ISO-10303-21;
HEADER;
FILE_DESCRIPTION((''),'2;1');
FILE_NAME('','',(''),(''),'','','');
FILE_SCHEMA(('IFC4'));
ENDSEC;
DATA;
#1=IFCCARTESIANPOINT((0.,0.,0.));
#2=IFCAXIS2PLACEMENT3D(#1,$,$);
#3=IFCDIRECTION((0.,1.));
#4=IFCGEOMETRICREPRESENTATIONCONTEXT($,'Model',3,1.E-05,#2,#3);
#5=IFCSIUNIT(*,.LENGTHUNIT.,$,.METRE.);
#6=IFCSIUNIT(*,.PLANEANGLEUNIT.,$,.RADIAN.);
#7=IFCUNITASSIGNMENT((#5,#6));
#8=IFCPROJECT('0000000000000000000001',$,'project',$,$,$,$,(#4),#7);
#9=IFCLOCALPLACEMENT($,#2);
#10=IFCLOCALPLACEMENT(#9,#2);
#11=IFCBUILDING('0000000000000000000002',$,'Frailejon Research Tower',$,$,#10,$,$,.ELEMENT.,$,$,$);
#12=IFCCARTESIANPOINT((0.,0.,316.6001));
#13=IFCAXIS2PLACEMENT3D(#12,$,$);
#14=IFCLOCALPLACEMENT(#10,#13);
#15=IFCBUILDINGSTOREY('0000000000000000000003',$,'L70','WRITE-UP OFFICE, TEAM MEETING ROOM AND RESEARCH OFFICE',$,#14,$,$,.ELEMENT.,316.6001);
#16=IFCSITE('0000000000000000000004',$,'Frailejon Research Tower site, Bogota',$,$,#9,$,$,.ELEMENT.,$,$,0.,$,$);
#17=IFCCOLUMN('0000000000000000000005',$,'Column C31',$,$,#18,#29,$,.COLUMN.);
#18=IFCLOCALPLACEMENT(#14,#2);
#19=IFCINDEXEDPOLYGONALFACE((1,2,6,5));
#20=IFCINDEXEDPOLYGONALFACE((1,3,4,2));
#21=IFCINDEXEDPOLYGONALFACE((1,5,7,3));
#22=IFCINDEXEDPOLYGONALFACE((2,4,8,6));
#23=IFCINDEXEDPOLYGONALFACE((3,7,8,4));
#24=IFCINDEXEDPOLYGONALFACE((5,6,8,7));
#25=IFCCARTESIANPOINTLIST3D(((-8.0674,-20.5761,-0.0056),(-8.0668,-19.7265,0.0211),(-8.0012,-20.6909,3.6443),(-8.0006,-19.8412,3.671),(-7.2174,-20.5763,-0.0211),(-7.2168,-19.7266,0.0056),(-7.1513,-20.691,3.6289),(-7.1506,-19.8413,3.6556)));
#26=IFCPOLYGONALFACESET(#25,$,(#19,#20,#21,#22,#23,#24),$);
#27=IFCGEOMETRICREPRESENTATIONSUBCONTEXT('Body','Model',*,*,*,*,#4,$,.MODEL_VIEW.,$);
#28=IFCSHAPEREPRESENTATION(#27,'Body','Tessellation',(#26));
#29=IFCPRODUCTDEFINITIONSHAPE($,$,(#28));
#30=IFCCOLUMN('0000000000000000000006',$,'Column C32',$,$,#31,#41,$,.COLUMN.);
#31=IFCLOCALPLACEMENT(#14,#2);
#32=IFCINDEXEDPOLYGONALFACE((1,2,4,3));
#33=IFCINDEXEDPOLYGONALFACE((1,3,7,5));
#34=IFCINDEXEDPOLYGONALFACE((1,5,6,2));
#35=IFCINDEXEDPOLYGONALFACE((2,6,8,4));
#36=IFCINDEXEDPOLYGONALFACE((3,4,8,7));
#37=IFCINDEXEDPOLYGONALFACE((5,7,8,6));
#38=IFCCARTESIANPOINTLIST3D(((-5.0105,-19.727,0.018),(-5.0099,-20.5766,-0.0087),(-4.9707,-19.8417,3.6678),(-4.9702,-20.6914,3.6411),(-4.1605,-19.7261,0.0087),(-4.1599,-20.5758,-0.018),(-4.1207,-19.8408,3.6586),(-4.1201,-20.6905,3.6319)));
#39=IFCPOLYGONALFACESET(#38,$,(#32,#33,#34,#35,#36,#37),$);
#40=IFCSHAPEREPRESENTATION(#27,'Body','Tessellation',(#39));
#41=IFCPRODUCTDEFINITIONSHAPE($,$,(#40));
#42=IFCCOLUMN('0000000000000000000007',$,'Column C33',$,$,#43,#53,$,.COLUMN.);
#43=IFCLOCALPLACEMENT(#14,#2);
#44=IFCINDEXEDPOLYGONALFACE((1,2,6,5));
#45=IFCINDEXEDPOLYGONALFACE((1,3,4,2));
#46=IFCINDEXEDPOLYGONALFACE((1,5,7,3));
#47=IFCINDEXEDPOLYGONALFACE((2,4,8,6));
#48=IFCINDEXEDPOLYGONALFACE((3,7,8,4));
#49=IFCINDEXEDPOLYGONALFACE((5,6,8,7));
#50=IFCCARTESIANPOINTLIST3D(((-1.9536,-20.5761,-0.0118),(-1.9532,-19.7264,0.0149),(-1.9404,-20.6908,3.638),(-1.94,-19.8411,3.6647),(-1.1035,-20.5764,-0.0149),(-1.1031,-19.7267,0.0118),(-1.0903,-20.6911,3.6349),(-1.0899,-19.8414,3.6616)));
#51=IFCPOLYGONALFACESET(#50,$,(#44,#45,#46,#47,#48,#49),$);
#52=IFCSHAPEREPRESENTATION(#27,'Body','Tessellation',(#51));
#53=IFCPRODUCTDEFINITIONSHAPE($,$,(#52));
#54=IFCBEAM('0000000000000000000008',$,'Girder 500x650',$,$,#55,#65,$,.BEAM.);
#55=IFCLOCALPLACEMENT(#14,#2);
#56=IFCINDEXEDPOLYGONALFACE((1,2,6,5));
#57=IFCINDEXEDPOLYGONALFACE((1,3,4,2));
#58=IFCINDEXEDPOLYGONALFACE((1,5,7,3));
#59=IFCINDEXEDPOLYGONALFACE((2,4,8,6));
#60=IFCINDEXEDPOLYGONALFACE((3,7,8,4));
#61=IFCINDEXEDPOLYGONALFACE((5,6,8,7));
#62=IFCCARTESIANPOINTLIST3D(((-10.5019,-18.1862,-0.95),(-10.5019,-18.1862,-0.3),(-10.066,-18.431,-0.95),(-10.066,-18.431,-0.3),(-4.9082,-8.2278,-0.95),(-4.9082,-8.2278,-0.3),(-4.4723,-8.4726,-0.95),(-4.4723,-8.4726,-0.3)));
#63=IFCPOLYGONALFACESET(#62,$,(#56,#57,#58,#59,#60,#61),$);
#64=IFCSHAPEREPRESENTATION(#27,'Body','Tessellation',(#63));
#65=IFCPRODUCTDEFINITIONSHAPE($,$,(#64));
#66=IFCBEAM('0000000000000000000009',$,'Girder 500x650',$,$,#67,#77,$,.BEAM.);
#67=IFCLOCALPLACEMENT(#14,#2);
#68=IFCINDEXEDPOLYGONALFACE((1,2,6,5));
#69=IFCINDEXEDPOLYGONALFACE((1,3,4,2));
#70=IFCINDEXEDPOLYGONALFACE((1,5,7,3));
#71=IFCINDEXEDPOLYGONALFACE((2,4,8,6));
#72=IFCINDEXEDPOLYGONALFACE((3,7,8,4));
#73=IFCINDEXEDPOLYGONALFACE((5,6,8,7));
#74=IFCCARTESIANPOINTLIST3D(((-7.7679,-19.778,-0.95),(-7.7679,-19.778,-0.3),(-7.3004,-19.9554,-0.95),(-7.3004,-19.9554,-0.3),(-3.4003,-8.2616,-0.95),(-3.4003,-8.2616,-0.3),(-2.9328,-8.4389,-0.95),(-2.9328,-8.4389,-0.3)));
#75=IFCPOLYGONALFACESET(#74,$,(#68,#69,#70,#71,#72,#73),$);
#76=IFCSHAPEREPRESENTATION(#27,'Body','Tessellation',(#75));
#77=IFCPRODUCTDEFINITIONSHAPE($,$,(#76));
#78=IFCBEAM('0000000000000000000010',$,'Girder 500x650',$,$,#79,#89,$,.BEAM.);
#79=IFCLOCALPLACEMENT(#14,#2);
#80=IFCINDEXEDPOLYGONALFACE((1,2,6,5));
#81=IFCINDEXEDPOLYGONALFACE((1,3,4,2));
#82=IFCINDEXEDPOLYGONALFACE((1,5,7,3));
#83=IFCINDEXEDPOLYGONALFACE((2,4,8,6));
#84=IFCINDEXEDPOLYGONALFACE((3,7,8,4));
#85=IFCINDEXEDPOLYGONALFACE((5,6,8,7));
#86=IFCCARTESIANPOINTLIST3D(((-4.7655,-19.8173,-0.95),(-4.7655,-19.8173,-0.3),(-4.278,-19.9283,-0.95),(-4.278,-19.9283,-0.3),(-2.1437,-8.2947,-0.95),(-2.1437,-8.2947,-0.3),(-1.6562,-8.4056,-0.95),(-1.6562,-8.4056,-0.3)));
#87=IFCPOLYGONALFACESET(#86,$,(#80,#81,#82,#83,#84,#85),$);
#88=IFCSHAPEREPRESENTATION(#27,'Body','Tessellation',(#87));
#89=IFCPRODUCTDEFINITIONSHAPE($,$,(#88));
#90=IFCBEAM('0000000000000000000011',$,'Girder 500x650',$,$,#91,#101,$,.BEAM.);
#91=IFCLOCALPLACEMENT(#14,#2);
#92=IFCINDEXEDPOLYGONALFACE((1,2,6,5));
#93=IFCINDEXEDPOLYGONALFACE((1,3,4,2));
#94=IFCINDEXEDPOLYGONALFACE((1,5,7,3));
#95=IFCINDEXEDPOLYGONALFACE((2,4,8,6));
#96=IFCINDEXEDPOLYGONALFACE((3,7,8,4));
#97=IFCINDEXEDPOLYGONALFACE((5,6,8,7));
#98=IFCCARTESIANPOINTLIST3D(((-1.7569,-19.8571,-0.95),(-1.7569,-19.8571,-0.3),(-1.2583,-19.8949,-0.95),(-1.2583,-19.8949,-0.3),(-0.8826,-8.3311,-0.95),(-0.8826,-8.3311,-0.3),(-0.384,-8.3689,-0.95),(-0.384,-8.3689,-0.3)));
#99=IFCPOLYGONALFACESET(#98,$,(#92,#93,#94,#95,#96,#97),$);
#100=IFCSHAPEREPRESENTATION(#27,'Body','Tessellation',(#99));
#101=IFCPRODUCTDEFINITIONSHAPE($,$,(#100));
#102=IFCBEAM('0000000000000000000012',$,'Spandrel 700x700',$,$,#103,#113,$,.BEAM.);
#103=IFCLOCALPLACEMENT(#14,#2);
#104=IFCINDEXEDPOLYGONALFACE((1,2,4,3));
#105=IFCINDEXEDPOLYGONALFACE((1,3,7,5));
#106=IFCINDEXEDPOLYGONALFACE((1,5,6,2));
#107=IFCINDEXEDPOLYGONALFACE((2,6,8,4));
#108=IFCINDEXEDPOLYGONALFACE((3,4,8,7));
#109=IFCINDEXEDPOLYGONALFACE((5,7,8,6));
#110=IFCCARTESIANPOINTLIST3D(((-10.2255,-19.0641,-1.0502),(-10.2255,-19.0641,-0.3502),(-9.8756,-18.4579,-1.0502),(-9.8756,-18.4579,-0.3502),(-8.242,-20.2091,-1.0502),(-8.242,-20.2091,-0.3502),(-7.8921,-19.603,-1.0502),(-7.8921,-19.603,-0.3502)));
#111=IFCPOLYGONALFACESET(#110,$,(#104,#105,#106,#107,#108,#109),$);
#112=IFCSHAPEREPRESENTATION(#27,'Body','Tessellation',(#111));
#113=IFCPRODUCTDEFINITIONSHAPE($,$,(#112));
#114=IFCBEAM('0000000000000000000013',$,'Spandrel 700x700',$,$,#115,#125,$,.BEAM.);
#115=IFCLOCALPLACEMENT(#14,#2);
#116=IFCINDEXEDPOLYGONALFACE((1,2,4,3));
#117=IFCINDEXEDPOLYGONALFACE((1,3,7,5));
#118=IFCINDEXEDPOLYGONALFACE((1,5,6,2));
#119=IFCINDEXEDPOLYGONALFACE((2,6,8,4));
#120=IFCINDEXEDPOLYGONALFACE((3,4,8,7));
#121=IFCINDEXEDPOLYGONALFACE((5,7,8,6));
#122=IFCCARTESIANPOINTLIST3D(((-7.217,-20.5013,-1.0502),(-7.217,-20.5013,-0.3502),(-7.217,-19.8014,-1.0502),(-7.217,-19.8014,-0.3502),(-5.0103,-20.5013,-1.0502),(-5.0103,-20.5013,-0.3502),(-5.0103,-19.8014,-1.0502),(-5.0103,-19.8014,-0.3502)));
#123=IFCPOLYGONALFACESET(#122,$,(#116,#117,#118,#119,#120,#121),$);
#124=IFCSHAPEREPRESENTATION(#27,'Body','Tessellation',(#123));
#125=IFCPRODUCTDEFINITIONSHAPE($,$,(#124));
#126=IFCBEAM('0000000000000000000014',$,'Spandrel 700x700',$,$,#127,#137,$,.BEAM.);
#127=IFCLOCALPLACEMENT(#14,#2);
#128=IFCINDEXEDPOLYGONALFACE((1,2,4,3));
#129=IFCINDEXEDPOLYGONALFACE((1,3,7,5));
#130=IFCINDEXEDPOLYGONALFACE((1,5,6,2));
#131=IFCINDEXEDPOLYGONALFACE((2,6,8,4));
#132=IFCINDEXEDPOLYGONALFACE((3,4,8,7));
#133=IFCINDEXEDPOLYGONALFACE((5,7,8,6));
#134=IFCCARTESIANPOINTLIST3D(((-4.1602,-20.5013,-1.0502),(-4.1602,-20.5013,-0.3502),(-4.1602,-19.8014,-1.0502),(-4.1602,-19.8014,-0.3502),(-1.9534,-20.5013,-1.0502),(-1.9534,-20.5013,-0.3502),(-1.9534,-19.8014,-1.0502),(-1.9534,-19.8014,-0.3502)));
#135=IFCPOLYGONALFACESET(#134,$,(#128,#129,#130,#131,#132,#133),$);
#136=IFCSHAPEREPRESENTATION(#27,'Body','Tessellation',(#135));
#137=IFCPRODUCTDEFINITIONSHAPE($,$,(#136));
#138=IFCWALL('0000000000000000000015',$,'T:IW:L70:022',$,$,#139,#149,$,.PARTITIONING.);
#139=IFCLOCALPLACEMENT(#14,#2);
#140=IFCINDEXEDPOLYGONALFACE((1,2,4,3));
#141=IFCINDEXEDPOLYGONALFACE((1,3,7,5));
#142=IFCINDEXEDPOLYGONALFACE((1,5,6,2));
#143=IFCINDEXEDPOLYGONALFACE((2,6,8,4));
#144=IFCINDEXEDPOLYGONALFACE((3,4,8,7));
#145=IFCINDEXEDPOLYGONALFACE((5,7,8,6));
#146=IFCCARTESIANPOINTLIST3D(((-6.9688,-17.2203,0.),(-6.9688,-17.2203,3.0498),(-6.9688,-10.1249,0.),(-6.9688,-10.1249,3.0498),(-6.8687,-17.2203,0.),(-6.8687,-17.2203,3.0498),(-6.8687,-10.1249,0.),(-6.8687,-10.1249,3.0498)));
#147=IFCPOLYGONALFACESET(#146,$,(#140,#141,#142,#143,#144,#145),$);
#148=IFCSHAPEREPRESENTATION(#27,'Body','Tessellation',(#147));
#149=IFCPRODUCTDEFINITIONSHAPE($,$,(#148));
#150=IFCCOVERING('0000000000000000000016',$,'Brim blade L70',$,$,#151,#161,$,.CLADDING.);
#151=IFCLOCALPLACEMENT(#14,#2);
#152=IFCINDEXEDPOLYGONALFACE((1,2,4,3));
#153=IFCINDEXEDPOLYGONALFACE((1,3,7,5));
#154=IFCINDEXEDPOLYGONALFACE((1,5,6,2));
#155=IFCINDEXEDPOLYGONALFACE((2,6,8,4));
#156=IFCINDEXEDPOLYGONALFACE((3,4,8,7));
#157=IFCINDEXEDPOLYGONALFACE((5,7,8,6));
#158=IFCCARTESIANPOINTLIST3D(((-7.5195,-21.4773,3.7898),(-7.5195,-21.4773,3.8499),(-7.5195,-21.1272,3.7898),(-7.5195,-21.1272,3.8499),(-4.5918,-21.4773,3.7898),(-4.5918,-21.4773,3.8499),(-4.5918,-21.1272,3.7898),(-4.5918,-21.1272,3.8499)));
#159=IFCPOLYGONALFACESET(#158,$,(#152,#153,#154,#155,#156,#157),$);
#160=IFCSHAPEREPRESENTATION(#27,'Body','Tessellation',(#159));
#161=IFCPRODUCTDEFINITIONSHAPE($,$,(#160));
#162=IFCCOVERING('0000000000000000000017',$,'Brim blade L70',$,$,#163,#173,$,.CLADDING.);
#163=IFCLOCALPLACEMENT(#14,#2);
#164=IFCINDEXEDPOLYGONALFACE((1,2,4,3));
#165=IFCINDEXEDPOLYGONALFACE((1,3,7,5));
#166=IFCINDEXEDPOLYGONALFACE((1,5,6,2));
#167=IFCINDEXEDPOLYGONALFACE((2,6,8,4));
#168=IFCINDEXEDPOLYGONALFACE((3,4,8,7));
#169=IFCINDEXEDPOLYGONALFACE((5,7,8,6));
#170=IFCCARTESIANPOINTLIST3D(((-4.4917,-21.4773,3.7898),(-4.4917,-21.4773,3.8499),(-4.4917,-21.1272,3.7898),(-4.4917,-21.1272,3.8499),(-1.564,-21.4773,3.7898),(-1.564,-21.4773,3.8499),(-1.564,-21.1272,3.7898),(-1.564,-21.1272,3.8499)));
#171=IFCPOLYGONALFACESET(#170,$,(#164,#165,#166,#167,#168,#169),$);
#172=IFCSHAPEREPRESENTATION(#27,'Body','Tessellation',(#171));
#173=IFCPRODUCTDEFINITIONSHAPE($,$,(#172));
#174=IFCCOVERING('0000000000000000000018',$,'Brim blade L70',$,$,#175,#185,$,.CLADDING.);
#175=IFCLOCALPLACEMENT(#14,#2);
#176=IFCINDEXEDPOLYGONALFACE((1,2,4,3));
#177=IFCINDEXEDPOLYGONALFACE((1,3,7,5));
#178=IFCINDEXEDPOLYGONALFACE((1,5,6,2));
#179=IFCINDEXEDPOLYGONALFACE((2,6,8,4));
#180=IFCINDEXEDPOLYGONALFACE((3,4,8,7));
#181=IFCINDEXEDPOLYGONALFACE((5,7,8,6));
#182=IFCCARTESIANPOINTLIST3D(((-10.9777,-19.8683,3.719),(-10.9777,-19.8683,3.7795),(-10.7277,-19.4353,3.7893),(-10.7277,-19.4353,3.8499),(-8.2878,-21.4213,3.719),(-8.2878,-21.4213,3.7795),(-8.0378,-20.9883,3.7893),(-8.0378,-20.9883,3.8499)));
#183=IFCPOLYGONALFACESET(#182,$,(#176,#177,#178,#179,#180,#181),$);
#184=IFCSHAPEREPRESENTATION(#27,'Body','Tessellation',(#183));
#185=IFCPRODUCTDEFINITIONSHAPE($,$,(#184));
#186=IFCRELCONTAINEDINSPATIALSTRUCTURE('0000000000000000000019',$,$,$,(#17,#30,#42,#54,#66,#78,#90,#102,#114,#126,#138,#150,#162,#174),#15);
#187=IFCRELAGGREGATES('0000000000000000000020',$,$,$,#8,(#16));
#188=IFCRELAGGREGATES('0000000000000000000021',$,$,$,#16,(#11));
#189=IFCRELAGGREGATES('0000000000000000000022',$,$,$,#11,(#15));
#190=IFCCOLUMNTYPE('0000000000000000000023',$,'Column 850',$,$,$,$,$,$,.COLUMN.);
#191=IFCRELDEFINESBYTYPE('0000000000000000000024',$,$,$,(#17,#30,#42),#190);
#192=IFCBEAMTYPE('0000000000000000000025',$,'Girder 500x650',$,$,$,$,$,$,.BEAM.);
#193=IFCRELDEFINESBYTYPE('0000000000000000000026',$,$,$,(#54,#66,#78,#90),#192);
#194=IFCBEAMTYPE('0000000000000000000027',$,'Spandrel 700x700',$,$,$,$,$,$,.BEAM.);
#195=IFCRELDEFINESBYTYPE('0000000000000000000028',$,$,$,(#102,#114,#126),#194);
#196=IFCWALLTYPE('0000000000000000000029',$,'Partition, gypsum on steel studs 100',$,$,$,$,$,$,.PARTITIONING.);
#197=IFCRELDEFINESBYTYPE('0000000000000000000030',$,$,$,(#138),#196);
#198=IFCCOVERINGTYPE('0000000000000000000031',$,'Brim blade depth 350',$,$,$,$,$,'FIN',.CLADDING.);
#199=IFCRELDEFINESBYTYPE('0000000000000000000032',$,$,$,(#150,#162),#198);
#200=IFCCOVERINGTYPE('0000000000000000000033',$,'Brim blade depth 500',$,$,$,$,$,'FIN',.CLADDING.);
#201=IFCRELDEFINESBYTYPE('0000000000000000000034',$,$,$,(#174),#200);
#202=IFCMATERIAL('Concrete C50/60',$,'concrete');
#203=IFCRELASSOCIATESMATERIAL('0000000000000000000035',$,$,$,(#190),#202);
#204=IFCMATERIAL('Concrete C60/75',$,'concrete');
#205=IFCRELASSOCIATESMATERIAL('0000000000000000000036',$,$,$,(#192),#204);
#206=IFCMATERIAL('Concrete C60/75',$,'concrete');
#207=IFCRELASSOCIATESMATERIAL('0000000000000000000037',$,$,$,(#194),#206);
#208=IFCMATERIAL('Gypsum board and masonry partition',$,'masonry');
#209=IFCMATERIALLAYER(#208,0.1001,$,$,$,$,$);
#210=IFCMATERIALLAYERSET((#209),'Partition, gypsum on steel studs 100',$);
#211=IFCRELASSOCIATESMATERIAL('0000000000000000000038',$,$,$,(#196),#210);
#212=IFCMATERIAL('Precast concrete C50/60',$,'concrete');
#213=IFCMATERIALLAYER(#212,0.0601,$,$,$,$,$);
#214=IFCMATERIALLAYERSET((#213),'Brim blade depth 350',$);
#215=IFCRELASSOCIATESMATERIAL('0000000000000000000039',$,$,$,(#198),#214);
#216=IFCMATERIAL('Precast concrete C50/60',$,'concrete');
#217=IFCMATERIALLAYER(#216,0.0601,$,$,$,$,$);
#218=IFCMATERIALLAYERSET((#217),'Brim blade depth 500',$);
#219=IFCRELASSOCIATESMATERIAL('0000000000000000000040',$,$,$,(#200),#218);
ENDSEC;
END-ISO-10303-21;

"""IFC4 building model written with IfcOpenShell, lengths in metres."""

from ifc_helpers import new_model, si_unit, direction, frame, frame_2d, origin, origin_2d, place, context, subcontext, project, spatial, polyline, rectangle, outline, extrude, material, layer, layer_set, material_profile, profile_set, type_object, element, save


model = new_model("IFC4")

# Units and contexts
model_context = context("Model", 3, precision=1e-05, world=origin(), true_north=direction((0.0, 1.0)))
body_context = subcontext(model_context, "Body", "Model", "MODEL_VIEW")
ifc_project = project(units=[si_unit("LENGTHUNIT", "METRE"), si_unit("PLANEANGLEUNIT", "RADIAN")], contexts=[model_context])

# Site, building, storey
site_placement = place(None, origin())
site = spatial("IfcSite", under=ifc_project, at=site_placement, Name="Frailejon Research Tower site, Bogota", CompositionType="ELEMENT", RefElevation=0.0)
building_placement = place(site_placement, origin())
building = spatial("IfcBuilding", under=site, at=building_placement, Name="Frailejon Research Tower", CompositionType="ELEMENT")
storey_placement = place(building_placement, frame((0.0, 0.0, 316.6001)))
storey = spatial("IfcBuildingStorey", under=building, at=storey_placement, Name="L70", Description="WRITE-UP OFFICE, TEAM MEETING ROOM AND RESEARCH OFFICE", CompositionType="ELEMENT", Elevation=316.6001)

# Columns
ifc_material_1 = material(Name="Concrete C50/60", Category="concrete")
ifc_material_profile_1 = material_profile(ifc_material_1, rectangle(XDim=0.8501, YDim=0.8501, at=origin_2d()), Name="Column 850")
ifc_profile_set_1 = profile_set([ifc_material_profile_1], Name="Concrete C50/60")
column_type = type_object("IfcColumnType", Name="Column 850", PredefinedType="COLUMN", material=ifc_profile_set_1)
column_1_placement = place(storey_placement, frame((-7.6421, -20.1514, 0.0), z_axis=(0.018115, -0.031417, 0.999342), x_axis=(0.999836, -0.000157, -0.018129)))
element("IfcColumn", 1, at=column_1_placement, inside=storey, type_object=column_type, Name="Column C31", PredefinedType="COLUMN", context=body_context, shape_type="SweptSolid", body=[
    extrude(rectangle(XDim=0.8501, YDim=0.8501, at=origin_2d()), origin(), (0.0, 0.0, 1.0), 3.6523),
])
column_2_placement = place(storey_placement, frame((-4.5852, -20.1514, 0.0), z_axis=(0.010897, -0.031421, 0.999447), x_axis=(0.99994, 0.001008, -0.010871)))
element("IfcColumn", 2, at=column_2_placement, inside=storey, type_object=column_type, Name="Column C32", PredefinedType="COLUMN", context=body_context, shape_type="SweptSolid", body=[
    extrude(rectangle(XDim=0.8501, YDim=0.8501, at=origin_2d()), origin(), (0.0, 0.0, 1.0), 3.6519),
])
column_3_placement = place(storey_placement, frame((-1.5283, -20.1514, 0.0), z_axis=(0.00361, -0.031422, 0.9995), x_axis=(0.999993, -0.000341, -0.003623)))
element("IfcColumn", 3, at=column_3_placement, inside=storey, type_object=column_type, Name="Column C33", PredefinedType="COLUMN", context=body_context, shape_type="SweptSolid", body=[
    extrude(rectangle(XDim=0.8501, YDim=0.8501, at=origin_2d()), origin(), (0.0, 0.0, 1.0), 3.6516),
])

# Beams
ifc_material_2 = material(Name="Concrete C60/75", Category="concrete")
ifc_material_profile_2 = material_profile(ifc_material_2, rectangle(XDim=0.5, YDim=0.6499, at=origin_2d()), Name="Girder 500x650")
ifc_profile_set_2 = profile_set([ifc_material_profile_2], Name="Concrete C60/75")
beam_type_1 = type_object("IfcBeamType", Name="Girder 500x650", PredefinedType="BEAM", material=ifc_profile_set_2)
beam_1_placement = place(storey_placement, frame((-10.2839, -18.3086, -0.625), z_axis=(0.489735, 0.871871, 0.0), x_axis=(-0.871871, 0.489735, 0.0)))
element("IfcBeam", 4, at=beam_1_placement, inside=storey, type_object=beam_type_1, Name="Girder 500x650", PredefinedType="BEAM", context=body_context, shape_type="SweptSolid", body=[
    extrude(rectangle(XDim=0.5, YDim=0.6499, at=origin_2d()), origin(), (0.0, 0.0, 1.0), 11.4219),
])
beam_2_placement = place(storey_placement, frame((-7.5342, -19.8667, -0.625), z_axis=(0.354605, 0.935016, 0.0), x_axis=(-0.935016, 0.354605, 0.0)))
element("IfcBeam", 5, at=beam_2_placement, inside=storey, type_object=beam_type_1, Name="Girder 500x650", PredefinedType="BEAM", context=body_context, shape_type="SweptSolid", body=[
    extrude(rectangle(XDim=0.5, YDim=0.6499, at=origin_2d()), origin(), (0.0, 0.0, 1.0), 12.3169),
])
beam_3_placement = place(storey_placement, frame((-4.5217, -19.8728, -0.625), z_axis=(0.221865, 0.975077, 0.0), x_axis=(-0.975077, 0.221865, 0.0)))
element("IfcBeam", 6, at=beam_3_placement, inside=storey, type_object=beam_type_1, Name="Girder 500x650", PredefinedType="BEAM", context=body_context, shape_type="SweptSolid", body=[
    extrude(rectangle(XDim=0.5, YDim=0.6499, at=origin_2d()), origin(), (0.0, 0.0, 1.0), 11.8171),
])
beam_4_placement = place(storey_placement, frame((-1.5076, -19.876, -0.625), z_axis=(0.075635, 0.997136, 0.0), x_axis=(-0.997136, 0.075635, 0.0)))
element("IfcBeam", 7, at=beam_4_placement, inside=storey, type_object=beam_type_1, Name="Girder 500x650", PredefinedType="BEAM", context=body_context, shape_type="SweptSolid", body=[
    extrude(rectangle(XDim=0.5, YDim=0.6499, at=origin_2d()), origin(), (0.0, 0.0, 1.0), 11.5591),
])
ifc_material_3 = material(Name="Concrete C60/75", Category="concrete")
ifc_material_profile_3 = material_profile(ifc_material_3, rectangle(XDim=0.7, YDim=0.7, at=origin_2d()), Name="Spandrel 700x700")
ifc_profile_set_3 = profile_set([ifc_material_profile_3], Name="Concrete C60/75")
beam_type_2 = type_object("IfcBeamType", Name="Spandrel 700x700", PredefinedType="BEAM", material=ifc_profile_set_3)
beam_5_placement = place(storey_placement, frame((-10.0505, -18.761, -0.7002), z_axis=(0.866044, -0.499969, 0.0), x_axis=(0.499969, 0.866044, 0.0)))
element("IfcBeam", 8, at=beam_5_placement, inside=storey, type_object=beam_type_2, Name="Spandrel 700x700", PredefinedType="BEAM", context=body_context, shape_type="SweptSolid", body=[
    extrude(rectangle(XDim=0.7, YDim=0.7, at=origin_2d()), origin(), (0.0, 0.0, 1.0), 2.2903),
])
for number, where, z_axis, x_axis, name in (
    (9, (-7.217, -20.1514, -0.7002), (1.0, 0.0, 0.0), (0.0, 1.0, 0.0), "Spandrel 700x700"),
    (10, (-4.1602, -20.1514, -0.7002), (1.0, 0.0, 0.0), (0.0, 1.0, 0.0), "Spandrel 700x700"),
):
    element("IfcBeam", number, at=place(storey_placement, frame(where, z_axis=z_axis, x_axis=x_axis)), inside=storey, type_object=beam_type_2, Name=name, PredefinedType="BEAM", context=body_context, shape_type="SweptSolid", body=[
        extrude(rectangle(XDim=0.7, YDim=0.7, at=origin_2d()), origin(), (0.0, 0.0, 1.0), 2.2068),
    ])

# Wall
ifc_material_4 = material(Name="Gypsum board and masonry partition", Category="masonry")
ifc_layer_1 = layer(ifc_material_4, 0.1001)
ifc_layer_set_1 = layer_set([ifc_layer_1], Name="Partition, gypsum on steel studs 100")
wall_type_1 = type_object("IfcWallType", Name="Partition, gypsum on steel studs 100", PredefinedType="PARTITIONING", material=ifc_layer_set_1)
wall_1_placement = place(storey_placement, frame((-6.9187, -17.2205, 0.0), z_axis=(0.0, 0.0, 1.0), x_axis=(0.0, 1.0, 0.0)))
element("IfcWall", 11, at=wall_1_placement, inside=storey, type_object=wall_type_1, Name="T:IW:L70:022", PredefinedType="PARTITIONING", context=body_context, shape_type="SweptSolid", body=[
    extrude(rectangle(XDim=7.0955, YDim=0.1001, at=frame_2d((3.5479, 0.0))), origin(), (0.0, 0.0, 1.0), 3.0498),
])

# Coverings
ifc_material_5 = material(Name="Precast concrete C50/60", Category="concrete")
ifc_layer_2 = layer(ifc_material_5, 0.0601)
ifc_layer_set_2 = layer_set([ifc_layer_2], Name="Brim blade depth 350")
covering_type_1 = type_object("IfcCoveringType", Name="Brim blade depth 350", ElementType="FIN", PredefinedType="CLADDING", material=ifc_layer_set_2)
for number, where, z_axis, x_axis, name in (
    (12, (-4.5918, -21.1272, 3.8499), (-1.0, 0.0, 0.0), (0.0, -1.0, 0.0), "Brim blade L70"),
    (13, (-1.564, -21.1272, 3.8499), (-1.0, 0.0, 0.0), (0.0, -1.0, 0.0), "Brim blade L70"),
):
    element("IfcCovering", number, at=place(storey_placement, frame(where, z_axis=z_axis, x_axis=x_axis)), inside=storey, type_object=covering_type_1, Name=name, PredefinedType="CLADDING", context=body_context, shape_type="SweptSolid", body=[
        extrude(outline(polyline([(0.0, -0.0601), (0.3501, -0.0601), (0.3501, 0.0), (0.0, 0.0), (0.0, -0.0601)])), origin(), (0.0, 0.0, 1.0), 2.9277),
    ])
ifc_material_6 = material(Name="Precast concrete C50/60", Category="concrete")
ifc_layer_3 = layer(ifc_material_6, 0.0601)
ifc_layer_set_3 = layer_set([ifc_layer_3], Name="Brim blade depth 500")
covering_type_2 = type_object("IfcCoveringType", Name="Brim blade depth 500", ElementType="FIN", PredefinedType="CLADDING", material=ifc_layer_set_3)
covering_placement = place(storey_placement, frame((-8.0378, -20.9883, 3.8499), z_axis=(-0.866027, 0.499997, 0.0), x_axis=(-0.499997, -0.866027, 0.0)))
element("IfcCovering", 14, at=covering_placement, inside=storey, type_object=covering_type_2, Name="Brim blade L70", PredefinedType="CLADDING", context=body_context, shape_type="SweptSolid", body=[
    extrude(outline(polyline([(0.0, -0.0605), (0.5, -0.1309), (0.5, -0.0703), (0.0, 0.0), (0.0, -0.0605)])), origin(), (0.0, 0.0, 1.0), 3.106),
])

save(model, "model.ifc")
